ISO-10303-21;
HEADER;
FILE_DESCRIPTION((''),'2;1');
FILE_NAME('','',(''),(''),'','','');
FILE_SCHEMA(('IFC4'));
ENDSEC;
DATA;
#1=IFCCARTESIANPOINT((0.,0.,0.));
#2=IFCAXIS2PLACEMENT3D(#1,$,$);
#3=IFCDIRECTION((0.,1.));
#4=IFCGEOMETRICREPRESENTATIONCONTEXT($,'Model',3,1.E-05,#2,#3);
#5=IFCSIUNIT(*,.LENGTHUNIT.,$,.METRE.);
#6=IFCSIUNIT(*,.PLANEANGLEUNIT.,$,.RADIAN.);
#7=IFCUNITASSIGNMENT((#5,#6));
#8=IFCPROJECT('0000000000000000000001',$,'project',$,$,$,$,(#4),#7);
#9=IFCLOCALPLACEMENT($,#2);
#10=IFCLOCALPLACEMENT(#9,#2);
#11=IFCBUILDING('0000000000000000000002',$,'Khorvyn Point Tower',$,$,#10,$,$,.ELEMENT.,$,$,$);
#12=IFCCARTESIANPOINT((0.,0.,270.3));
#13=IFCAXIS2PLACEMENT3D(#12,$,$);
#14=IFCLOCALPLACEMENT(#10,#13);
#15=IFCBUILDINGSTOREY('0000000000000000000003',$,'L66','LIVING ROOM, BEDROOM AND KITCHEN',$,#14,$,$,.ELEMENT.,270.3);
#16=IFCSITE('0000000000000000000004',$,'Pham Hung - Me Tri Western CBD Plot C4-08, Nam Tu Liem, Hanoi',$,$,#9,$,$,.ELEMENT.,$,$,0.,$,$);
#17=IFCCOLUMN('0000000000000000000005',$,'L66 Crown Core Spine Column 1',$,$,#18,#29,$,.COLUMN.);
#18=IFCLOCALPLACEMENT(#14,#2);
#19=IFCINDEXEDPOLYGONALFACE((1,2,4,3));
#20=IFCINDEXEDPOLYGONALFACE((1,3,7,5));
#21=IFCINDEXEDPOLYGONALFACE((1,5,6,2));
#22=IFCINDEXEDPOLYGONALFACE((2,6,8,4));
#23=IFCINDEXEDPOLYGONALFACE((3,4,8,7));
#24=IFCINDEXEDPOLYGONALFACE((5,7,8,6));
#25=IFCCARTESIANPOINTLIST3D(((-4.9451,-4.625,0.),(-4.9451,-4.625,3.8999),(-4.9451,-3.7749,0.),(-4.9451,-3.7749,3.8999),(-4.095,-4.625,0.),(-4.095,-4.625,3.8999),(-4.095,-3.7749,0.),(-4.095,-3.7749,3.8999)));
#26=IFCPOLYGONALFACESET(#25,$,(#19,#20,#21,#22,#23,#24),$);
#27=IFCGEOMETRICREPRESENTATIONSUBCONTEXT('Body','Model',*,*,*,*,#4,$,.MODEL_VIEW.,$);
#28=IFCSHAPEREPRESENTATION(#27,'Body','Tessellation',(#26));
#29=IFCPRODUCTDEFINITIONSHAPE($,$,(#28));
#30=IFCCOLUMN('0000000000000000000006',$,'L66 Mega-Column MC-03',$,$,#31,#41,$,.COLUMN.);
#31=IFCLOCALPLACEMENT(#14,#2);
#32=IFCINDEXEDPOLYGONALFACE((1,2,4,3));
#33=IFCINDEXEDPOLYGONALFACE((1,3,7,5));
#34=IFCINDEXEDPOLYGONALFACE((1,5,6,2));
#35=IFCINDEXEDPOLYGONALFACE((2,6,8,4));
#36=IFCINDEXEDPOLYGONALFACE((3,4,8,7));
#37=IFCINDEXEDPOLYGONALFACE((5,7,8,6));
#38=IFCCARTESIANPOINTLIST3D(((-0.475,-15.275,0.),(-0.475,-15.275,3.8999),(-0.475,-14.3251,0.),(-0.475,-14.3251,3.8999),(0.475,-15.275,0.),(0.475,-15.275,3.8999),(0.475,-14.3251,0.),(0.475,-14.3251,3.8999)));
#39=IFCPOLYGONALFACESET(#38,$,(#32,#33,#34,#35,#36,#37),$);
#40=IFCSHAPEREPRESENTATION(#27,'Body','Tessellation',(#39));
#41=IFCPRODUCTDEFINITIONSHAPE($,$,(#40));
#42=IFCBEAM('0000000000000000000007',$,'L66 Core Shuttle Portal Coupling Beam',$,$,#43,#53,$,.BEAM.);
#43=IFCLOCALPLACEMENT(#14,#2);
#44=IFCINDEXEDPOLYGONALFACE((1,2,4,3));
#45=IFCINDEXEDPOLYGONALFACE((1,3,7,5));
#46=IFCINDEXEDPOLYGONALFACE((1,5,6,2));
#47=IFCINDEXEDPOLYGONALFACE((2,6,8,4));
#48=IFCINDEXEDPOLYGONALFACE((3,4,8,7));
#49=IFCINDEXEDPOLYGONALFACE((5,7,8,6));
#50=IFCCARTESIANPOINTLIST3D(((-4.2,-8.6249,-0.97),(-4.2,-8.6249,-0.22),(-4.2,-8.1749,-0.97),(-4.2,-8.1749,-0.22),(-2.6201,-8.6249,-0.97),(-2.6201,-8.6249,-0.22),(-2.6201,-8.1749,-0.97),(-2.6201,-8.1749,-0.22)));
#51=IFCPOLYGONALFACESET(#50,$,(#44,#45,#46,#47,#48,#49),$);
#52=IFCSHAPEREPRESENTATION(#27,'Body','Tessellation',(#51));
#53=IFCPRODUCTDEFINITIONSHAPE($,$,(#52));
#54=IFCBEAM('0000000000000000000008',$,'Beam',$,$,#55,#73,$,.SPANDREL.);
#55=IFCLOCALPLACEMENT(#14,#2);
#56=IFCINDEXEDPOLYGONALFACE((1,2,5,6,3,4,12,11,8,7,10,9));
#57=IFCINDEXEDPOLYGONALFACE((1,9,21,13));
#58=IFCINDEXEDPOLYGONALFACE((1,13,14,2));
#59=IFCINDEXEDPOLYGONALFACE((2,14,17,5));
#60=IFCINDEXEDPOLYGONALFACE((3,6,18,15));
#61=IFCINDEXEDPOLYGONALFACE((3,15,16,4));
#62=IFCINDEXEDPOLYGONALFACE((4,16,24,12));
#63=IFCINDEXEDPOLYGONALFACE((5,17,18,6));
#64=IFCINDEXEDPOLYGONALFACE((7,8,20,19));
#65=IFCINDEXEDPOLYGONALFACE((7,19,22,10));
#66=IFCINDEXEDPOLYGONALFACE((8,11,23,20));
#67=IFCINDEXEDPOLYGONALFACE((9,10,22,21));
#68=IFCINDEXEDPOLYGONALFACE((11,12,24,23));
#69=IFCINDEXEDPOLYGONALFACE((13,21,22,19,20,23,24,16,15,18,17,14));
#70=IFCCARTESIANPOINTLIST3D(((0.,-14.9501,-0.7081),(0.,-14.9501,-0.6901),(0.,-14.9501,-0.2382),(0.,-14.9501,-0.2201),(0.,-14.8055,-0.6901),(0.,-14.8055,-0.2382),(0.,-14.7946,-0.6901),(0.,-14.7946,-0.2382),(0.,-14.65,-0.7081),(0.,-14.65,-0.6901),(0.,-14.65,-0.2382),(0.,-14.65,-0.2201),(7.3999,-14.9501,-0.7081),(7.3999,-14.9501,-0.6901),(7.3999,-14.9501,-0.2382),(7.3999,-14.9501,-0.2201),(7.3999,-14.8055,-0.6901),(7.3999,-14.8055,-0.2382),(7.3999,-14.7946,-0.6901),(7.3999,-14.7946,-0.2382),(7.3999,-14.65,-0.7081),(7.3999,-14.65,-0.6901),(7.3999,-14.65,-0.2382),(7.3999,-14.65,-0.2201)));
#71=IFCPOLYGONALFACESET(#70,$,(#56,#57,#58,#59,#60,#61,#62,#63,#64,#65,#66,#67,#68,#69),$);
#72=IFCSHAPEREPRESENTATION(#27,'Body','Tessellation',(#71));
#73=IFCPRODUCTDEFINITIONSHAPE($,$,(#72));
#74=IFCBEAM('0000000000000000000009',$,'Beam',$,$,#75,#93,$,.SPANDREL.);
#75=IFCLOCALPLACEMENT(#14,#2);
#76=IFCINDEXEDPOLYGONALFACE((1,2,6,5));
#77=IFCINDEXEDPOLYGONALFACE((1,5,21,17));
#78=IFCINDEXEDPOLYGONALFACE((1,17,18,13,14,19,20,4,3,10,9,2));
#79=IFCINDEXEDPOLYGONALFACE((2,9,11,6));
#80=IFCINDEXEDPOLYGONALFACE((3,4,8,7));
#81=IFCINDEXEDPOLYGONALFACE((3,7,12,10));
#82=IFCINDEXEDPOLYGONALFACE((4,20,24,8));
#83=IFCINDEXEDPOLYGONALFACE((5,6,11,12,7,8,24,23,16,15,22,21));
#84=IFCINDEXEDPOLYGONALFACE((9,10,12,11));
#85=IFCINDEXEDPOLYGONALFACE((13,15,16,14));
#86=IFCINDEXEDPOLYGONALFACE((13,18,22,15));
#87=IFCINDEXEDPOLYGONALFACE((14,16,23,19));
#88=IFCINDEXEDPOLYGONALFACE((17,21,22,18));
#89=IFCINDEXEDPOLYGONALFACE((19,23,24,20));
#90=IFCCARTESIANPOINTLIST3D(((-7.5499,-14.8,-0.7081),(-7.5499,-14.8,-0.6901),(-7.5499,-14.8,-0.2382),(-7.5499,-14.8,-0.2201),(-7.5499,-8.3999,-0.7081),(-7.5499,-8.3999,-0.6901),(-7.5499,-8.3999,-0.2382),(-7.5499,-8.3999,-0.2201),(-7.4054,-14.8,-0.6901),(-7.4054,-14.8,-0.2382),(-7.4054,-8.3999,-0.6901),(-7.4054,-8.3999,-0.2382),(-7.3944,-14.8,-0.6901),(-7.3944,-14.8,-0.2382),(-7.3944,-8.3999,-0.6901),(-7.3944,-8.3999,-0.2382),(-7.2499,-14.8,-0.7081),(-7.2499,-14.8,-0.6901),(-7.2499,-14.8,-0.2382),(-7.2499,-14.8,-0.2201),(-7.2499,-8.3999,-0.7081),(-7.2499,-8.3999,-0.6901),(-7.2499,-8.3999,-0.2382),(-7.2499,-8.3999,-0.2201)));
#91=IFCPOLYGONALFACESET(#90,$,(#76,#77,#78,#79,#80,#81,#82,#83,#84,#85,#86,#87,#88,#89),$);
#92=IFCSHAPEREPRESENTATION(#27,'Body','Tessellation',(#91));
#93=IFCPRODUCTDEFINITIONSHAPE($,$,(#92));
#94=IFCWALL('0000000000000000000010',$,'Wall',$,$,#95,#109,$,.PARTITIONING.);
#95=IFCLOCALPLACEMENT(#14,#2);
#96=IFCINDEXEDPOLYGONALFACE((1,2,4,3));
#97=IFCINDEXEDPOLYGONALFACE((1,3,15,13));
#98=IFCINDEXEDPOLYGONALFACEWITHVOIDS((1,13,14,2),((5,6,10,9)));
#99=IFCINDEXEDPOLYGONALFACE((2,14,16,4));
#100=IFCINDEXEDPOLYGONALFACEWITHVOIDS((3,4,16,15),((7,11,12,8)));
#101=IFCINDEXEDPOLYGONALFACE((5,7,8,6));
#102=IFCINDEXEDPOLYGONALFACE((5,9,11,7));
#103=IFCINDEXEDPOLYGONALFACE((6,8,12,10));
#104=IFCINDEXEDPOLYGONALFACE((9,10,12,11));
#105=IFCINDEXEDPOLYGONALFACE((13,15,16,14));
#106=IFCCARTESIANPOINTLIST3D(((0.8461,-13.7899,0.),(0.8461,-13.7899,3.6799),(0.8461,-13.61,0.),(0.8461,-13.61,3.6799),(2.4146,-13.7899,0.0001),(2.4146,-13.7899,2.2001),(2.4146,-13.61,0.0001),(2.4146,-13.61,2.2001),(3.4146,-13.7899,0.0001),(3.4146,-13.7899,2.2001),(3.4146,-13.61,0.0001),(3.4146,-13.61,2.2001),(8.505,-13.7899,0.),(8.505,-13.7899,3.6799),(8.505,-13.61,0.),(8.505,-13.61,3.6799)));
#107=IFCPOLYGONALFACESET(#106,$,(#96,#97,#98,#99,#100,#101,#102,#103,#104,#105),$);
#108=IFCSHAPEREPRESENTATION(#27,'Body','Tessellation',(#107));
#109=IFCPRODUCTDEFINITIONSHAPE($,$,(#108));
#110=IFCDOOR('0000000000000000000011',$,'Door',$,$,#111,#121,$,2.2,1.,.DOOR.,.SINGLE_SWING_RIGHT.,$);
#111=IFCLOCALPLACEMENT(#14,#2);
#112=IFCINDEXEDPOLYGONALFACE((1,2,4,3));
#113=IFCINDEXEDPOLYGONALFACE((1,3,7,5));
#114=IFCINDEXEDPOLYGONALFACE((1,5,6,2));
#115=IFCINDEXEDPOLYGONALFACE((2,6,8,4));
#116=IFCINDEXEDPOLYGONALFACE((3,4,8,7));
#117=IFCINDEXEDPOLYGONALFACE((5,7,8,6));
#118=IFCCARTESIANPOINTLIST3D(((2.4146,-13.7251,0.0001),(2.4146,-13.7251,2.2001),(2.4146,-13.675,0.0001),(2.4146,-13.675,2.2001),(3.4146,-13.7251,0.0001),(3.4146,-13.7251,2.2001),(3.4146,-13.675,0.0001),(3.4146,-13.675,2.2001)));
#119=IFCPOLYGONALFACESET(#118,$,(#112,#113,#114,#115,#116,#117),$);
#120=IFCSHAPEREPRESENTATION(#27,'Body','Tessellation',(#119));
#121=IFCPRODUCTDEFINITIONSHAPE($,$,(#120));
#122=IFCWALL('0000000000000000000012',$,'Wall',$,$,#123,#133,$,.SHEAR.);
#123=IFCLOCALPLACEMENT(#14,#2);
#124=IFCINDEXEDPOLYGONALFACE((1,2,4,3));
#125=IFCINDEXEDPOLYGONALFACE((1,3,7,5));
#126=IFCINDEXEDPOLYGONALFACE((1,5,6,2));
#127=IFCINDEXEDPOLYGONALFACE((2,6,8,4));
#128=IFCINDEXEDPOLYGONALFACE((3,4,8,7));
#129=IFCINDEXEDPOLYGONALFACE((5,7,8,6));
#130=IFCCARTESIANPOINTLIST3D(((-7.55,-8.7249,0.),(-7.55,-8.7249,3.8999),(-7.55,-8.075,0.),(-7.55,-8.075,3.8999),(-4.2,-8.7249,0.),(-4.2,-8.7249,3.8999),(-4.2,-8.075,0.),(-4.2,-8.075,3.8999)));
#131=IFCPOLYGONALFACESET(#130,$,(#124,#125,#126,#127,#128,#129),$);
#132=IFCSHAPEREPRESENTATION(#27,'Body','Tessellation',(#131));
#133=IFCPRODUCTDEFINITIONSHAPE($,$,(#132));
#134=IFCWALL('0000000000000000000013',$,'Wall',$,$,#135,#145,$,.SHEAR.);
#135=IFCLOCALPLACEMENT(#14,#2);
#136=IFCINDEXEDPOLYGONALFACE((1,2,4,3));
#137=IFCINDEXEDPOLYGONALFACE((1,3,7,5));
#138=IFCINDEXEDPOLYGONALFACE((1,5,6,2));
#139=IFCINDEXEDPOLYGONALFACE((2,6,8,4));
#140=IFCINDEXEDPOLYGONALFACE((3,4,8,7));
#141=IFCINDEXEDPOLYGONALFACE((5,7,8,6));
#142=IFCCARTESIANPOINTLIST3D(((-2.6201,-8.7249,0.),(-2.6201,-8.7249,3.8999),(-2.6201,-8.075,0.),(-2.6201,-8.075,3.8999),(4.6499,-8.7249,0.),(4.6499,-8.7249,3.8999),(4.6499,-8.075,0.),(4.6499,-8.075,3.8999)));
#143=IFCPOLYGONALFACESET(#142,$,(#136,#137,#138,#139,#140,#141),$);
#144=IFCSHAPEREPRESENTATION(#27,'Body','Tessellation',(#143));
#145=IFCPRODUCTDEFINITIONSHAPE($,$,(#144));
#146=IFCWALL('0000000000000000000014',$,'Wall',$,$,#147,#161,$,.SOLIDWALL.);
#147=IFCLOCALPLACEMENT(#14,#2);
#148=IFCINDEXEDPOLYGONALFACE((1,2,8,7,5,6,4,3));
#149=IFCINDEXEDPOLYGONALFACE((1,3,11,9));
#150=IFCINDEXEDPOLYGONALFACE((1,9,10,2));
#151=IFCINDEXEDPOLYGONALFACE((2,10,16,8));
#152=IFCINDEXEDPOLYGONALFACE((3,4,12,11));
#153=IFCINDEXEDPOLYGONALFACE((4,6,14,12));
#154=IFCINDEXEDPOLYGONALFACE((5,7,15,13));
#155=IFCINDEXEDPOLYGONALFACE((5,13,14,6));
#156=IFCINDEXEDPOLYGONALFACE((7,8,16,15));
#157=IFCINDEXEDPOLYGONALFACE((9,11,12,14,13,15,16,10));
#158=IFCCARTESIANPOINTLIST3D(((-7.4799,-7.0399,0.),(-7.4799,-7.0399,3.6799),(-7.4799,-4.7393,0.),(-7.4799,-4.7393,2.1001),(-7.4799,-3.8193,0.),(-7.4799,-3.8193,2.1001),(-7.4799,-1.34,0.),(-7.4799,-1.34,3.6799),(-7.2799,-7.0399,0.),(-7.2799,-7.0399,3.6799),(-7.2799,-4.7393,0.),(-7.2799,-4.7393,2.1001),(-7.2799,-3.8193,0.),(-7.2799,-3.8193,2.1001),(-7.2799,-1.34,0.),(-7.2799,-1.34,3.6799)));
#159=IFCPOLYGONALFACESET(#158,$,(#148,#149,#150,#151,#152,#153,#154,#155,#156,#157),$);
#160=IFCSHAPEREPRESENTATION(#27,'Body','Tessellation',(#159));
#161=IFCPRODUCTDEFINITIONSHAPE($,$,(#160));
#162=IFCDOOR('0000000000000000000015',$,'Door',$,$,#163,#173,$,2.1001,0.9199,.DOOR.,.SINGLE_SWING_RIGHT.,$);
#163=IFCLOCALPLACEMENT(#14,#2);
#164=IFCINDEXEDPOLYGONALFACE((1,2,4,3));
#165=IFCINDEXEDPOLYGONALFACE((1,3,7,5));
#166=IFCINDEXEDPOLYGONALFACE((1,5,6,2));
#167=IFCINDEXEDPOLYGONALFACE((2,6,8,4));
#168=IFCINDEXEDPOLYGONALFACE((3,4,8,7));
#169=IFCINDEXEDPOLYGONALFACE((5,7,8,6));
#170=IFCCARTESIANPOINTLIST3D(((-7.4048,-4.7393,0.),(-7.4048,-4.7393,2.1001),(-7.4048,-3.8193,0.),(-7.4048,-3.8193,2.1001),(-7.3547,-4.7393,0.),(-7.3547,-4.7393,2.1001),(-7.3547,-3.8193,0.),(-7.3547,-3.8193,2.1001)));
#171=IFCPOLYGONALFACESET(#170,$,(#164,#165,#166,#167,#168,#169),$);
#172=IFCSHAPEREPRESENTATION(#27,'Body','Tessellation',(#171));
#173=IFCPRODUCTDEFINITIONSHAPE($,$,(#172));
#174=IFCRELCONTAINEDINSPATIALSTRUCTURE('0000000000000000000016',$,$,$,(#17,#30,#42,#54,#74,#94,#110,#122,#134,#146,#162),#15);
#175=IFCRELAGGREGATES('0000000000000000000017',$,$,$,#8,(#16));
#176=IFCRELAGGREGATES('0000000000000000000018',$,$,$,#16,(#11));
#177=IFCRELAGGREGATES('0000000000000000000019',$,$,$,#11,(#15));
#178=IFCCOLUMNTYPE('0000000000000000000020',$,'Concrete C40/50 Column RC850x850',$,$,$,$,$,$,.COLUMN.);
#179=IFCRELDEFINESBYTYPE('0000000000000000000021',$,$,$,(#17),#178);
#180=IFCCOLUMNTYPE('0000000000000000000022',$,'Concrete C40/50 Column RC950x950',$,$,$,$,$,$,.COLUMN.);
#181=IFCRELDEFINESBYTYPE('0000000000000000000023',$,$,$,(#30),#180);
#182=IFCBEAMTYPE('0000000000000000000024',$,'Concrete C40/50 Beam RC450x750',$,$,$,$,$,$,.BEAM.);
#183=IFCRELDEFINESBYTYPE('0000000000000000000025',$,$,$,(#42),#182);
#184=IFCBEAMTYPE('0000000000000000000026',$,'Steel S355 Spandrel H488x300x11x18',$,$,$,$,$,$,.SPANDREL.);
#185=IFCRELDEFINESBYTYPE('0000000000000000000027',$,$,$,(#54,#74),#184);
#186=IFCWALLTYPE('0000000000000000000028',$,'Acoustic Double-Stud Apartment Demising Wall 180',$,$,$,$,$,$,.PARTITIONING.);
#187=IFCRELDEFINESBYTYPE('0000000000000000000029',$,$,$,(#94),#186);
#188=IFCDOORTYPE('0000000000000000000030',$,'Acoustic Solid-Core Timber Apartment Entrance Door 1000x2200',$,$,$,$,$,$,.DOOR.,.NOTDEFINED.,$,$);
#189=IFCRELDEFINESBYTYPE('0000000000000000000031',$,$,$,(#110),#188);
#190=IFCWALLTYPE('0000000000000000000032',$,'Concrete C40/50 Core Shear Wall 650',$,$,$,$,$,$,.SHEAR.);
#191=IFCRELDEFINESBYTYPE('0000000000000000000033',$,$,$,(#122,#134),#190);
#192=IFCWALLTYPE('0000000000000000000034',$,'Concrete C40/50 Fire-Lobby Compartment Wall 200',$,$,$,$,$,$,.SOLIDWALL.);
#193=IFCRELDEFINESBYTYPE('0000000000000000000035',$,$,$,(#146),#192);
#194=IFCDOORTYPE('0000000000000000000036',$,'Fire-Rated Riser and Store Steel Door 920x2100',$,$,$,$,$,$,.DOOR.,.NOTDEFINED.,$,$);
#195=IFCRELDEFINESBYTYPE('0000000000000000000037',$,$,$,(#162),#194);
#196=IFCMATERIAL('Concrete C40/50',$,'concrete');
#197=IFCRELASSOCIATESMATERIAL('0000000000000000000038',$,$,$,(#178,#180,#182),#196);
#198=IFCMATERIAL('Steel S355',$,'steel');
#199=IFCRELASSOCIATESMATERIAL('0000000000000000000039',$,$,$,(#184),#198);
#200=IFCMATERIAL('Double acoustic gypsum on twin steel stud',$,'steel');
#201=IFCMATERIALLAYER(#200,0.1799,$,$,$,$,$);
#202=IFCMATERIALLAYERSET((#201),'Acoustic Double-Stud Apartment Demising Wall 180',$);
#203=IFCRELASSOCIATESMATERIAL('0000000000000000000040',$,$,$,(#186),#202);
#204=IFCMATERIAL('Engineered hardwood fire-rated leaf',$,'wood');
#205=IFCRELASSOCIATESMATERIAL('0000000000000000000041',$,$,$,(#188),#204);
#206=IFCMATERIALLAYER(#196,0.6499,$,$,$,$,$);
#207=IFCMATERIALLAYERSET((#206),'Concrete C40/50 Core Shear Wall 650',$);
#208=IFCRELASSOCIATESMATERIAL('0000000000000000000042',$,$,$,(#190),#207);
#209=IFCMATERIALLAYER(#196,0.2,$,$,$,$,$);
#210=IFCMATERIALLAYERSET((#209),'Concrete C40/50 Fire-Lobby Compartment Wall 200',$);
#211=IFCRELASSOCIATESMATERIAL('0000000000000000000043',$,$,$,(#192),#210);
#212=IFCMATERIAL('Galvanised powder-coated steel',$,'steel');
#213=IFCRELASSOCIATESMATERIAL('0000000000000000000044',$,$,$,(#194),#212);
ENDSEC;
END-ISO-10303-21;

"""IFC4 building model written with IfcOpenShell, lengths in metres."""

from ifc_helpers import new_model, si_unit, direction, frame, frame_2d, origin, origin_2d, place, context, subcontext, project, spatial, rectangle, i_section, extrude, material, layer, layer_set, material_profile, profile_set, type_object, element, fill, save


model = new_model("IFC4")

# Units and contexts
model_context = context("Model", 3, precision=1e-05, world=origin(), true_north=direction((0.0, 1.0)))
body_context = subcontext(model_context, "Body", "Model", "MODEL_VIEW")
ifc_project = project(units=[si_unit("LENGTHUNIT", "METRE"), si_unit("PLANEANGLEUNIT", "RADIAN")], contexts=[model_context])

# Site, building, storey
site_placement = place(None, origin())
site = spatial("IfcSite", under=ifc_project, at=site_placement, Name="Pham Hung - Me Tri Western CBD Plot C4-08, Nam Tu Liem, Hanoi", CompositionType="ELEMENT", RefElevation=0.0)
building_placement = place(site_placement, origin())
building = spatial("IfcBuilding", under=site, at=building_placement, Name="Khorvyn Point Tower", CompositionType="ELEMENT")
storey_placement = place(building_placement, frame((0.0, 0.0, 270.3)))
storey = spatial("IfcBuildingStorey", under=building, at=storey_placement, Name="L66", Description="LIVING ROOM, BEDROOM AND KITCHEN", CompositionType="ELEMENT", Elevation=270.3)

# Columns
ifc_material_1 = material(Name="Concrete C40/50", Category="concrete")
ifc_material_profile_1 = material_profile(ifc_material_1, rectangle(XDim=0.8501, YDim=0.8501, at=origin_2d()))
ifc_profile_set_1 = profile_set([ifc_material_profile_1], Name="Concrete C40/50 RC850x850")
column_type_1 = type_object("IfcColumnType", Name="Concrete C40/50 Column RC850x850", PredefinedType="COLUMN", material=ifc_profile_set_1)
column_1_placement = place(storey_placement, frame((-4.52, -4.2, 0.0), z_axis=(0.0, 0.0, 1.0), x_axis=(1.0, 0.0, 0.0)))
element("IfcColumn", 1, at=column_1_placement, inside=storey, type_object=column_type_1, Name="L66 Crown Core Spine Column 1", PredefinedType="COLUMN", context=body_context, shape_type="SweptSolid", body=[
    extrude(rectangle(XDim=0.8501, YDim=0.8501, at=origin_2d()), origin(), (0.0, 0.0, 1.0), 3.8999),
])
ifc_material_profile_2 = material_profile(ifc_material_1, rectangle(XDim=0.95, YDim=0.95, at=origin_2d()))
ifc_profile_set_2 = profile_set([ifc_material_profile_2], Name="Concrete C40/50 RC950x950")
column_type_2 = type_object("IfcColumnType", Name="Concrete C40/50 Column RC950x950", PredefinedType="COLUMN", material=ifc_profile_set_2)
column_2_placement = place(storey_placement, frame((0.0, -14.8, 0.0), z_axis=(0.0, 0.0, 1.0), x_axis=(1.0, 0.0, 0.0)))
element("IfcColumn", 2, at=column_2_placement, inside=storey, type_object=column_type_2, Name="L66 Mega-Column MC-03", PredefinedType="COLUMN", context=body_context, shape_type="SweptSolid", body=[
    extrude(rectangle(XDim=0.95, YDim=0.95, at=origin_2d()), origin(), (0.0, 0.0, 1.0), 3.8999),
])

# Beams
ifc_material_profile_3 = material_profile(ifc_material_1, rectangle(XDim=0.45, YDim=0.75, at=origin_2d()))
ifc_profile_set_3 = profile_set([ifc_material_profile_3], Name="Concrete C40/50 RC450x750")
beam_type_1 = type_object("IfcBeamType", Name="Concrete C40/50 Beam RC450x750", PredefinedType="BEAM", material=ifc_profile_set_3)
beam_1_placement = place(storey_placement, frame((-4.2, -8.3999, -0.595), z_axis=(1.0, 0.0, 0.0), x_axis=(0.0, 1.0, 0.0)))
element("IfcBeam", 3, at=beam_1_placement, inside=storey, type_object=beam_type_1, Name="L66 Core Shuttle Portal Coupling Beam", PredefinedType="BEAM", context=body_context, shape_type="SweptSolid", body=[
    extrude(rectangle(XDim=0.45, YDim=0.75, at=origin_2d()), origin(), (0.0, 0.0, 1.0), 1.5798),
])
ifc_material_2 = material(Name="Steel S355", Category="steel")
ifc_material_profile_4 = material_profile(ifc_material_2, i_section(OverallWidth=0.3, OverallDepth=0.488, WebThickness=0.011, FlangeThickness=0.0181, at=origin_2d()))
ifc_profile_set_4 = profile_set([ifc_material_profile_4], Name="Steel S355 H488x300x11x18")
beam_type_2 = type_object("IfcBeamType", Name="Steel S355 Spandrel H488x300x11x18", PredefinedType="SPANDREL", material=ifc_profile_set_4)
beam_2_placement = place(storey_placement, frame((0.0, -14.8, -0.4641), z_axis=(1.0, 0.0, 0.0), x_axis=(0.0, 1.0, 0.0)))
element("IfcBeam", 4, at=beam_2_placement, inside=storey, type_object=beam_type_2, Name="Beam", PredefinedType="SPANDREL", context=body_context, shape_type="SweptSolid", body=[
    extrude(i_section(OverallWidth=0.3, OverallDepth=0.488, WebThickness=0.011, FlangeThickness=0.0181, at=origin_2d()), origin(), (0.0, 0.0, 1.0), 7.3999),
])
beam_3_placement = place(storey_placement, frame((-7.3999, -14.8, -0.4641), z_axis=(0.0, 1.0, 0.0), x_axis=(-1.0, 0.0, 0.0)))
element("IfcBeam", 5, at=beam_3_placement, inside=storey, type_object=beam_type_2, Name="Beam", PredefinedType="SPANDREL", context=body_context, shape_type="SweptSolid", body=[
    extrude(i_section(OverallWidth=0.3, OverallDepth=0.488, WebThickness=0.011, FlangeThickness=0.0181, at=origin_2d()), origin(), (0.0, 0.0, 1.0), 6.4001),
])

# Wall, opening, door
ifc_material_3 = material(Name="Double acoustic gypsum on twin steel stud", Category="steel")
ifc_layer_1 = layer(ifc_material_3, 0.1799)
ifc_layer_set_1 = layer_set([ifc_layer_1], Name="Acoustic Double-Stud Apartment Demising Wall 180")
wall_type_1 = type_object("IfcWallType", Name="Acoustic Double-Stud Apartment Demising Wall 180", PredefinedType="PARTITIONING", material=ifc_layer_set_1)
wall_1_placement = place(storey_placement, frame((0.8459, -13.7, 0.0), z_axis=(0.0, 0.0, 1.0), x_axis=(1.0, 0.0, 0.0)))
wall_1 = element("IfcWall", 6, at=wall_1_placement, inside=storey, type_object=wall_type_1, Name="Wall", PredefinedType="PARTITIONING", context=body_context, shape_type="SweptSolid", body=[
    extrude(rectangle(XDim=7.6589, YDim=0.1799, at=frame_2d((3.8296, 0.0))), origin(), (0.0, 0.0, 1.0), 3.6799),
])
opening_1_placement = place(wall_1_placement, frame((1.5686, 0.0, 0.0)))
opening_1 = element("IfcOpeningElement", 7, at=opening_1_placement, cuts=wall_1, PredefinedType="OPENING", context=body_context, shape_type="SweptSolid", body=[
    extrude(rectangle(XDim=1.0, YDim=2.2, at=frame_2d((0.5, 1.1001))), frame((0.0, 0.0999, 0.0), z_axis=(0.0, -1.0, 0.0), x_axis=(1.0, 0.0, 0.0)), (0.0, 0.0, 1.0), 0.2),
])
ifc_material_4 = material(Name="Engineered hardwood fire-rated leaf", Category="wood")
door_type_1 = type_object("IfcDoorType", Name="Acoustic Solid-Core Timber Apartment Entrance Door 1000x2200", OperationType="NOTDEFINED", PredefinedType="DOOR", material=ifc_material_4)
door_1_placement = place(opening_1_placement, origin())
door_1 = element("IfcDoor", 8, at=door_1_placement, inside=storey, type_object=door_type_1, Name="Door", OperationType="SINGLE_SWING_RIGHT", OverallHeight=2.2, OverallWidth=1.0, PredefinedType="DOOR", context=body_context, shape_type="SweptSolid", body=[
    extrude(rectangle(XDim=1.0, YDim=2.2, at=frame_2d((0.5, 1.1001))), frame((0.0, 0.0249, 0.0), z_axis=(0.0, -1.0, 0.0), x_axis=(1.0, 0.0, 0.0)), (0.0, 0.0, 1.0), 0.05),
])
fill(opening_1, door_1)

# Walls
ifc_layer_2 = layer(ifc_material_1, 0.6499)
ifc_layer_set_2 = layer_set([ifc_layer_2], Name="Concrete C40/50 Core Shear Wall 650")
wall_type_2 = type_object("IfcWallType", Name="Concrete C40/50 Core Shear Wall 650", PredefinedType="SHEAR", material=ifc_layer_set_2)
wall_2_placement = place(storey_placement, frame((-7.55, -8.3999, 0.0), z_axis=(0.0, 0.0, 1.0), x_axis=(1.0, 0.0, 0.0)))
element("IfcWall", 9, at=wall_2_placement, inside=storey, type_object=wall_type_2, Name="Wall", PredefinedType="SHEAR", context=body_context, shape_type="SweptSolid", body=[
    extrude(rectangle(XDim=3.3501, YDim=0.6499, at=frame_2d((1.675, 0.0))), origin(), (0.0, 0.0, 1.0), 3.8999),
])
wall_3_placement = place(storey_placement, frame((-2.6201, -8.3999, 0.0), z_axis=(0.0, 0.0, 1.0), x_axis=(1.0, 0.0, 0.0)))
element("IfcWall", 10, at=wall_3_placement, inside=storey, type_object=wall_type_2, Name="Wall", PredefinedType="SHEAR", context=body_context, shape_type="SweptSolid", body=[
    extrude(rectangle(XDim=7.27, YDim=0.6499, at=frame_2d((3.635, 0.0))), origin(), (0.0, 0.0, 1.0), 3.8999),
])

# Wall, opening, door
ifc_layer_3 = layer(ifc_material_1, 0.2)
ifc_layer_set_3 = layer_set([ifc_layer_3], Name="Concrete C40/50 Fire-Lobby Compartment Wall 200")
wall_type_3 = type_object("IfcWallType", Name="Concrete C40/50 Fire-Lobby Compartment Wall 200", PredefinedType="SOLIDWALL", material=ifc_layer_set_3)
wall_4_placement = place(storey_placement, frame((-7.3799, -7.04, 0.0), z_axis=(0.0, 0.0, 1.0), x_axis=(0.0, 1.0, 0.0)))
wall_4 = element("IfcWall", 11, at=wall_4_placement, inside=storey, type_object=wall_type_3, Name="Wall", PredefinedType="SOLIDWALL", context=body_context, shape_type="SweptSolid", body=[
    extrude(rectangle(XDim=5.7, YDim=0.2, at=frame_2d((2.8501, 0.0))), origin(), (0.0, 0.0, 1.0), 3.6799),
])
opening_2_placement = place(wall_4_placement, frame((2.3008, 0.0, 0.0)))
opening_2 = element("IfcOpeningElement", 12, at=opening_2_placement, cuts=wall_4, PredefinedType="OPENING", context=body_context, shape_type="SweptSolid", body=[
    extrude(rectangle(XDim=0.9199, YDim=2.1001, at=frame_2d((0.46, 1.05))), frame((0.0, 0.1099, 0.0), z_axis=(0.0, -1.0, 0.0), x_axis=(1.0, 0.0, 0.0)), (0.0, 0.0, 1.0), 0.22),
])
ifc_material_5 = material(Name="Galvanised powder-coated steel", Category="steel")
door_type_2 = type_object("IfcDoorType", Name="Fire-Rated Riser and Store Steel Door 920x2100", OperationType="NOTDEFINED", PredefinedType="DOOR", material=ifc_material_5)
door_2_placement = place(opening_2_placement, origin())
door_2 = element("IfcDoor", 13, at=door_2_placement, inside=storey, type_object=door_type_2, Name="Door", OperationType="SINGLE_SWING_RIGHT", OverallHeight=2.1001, OverallWidth=0.9199, PredefinedType="DOOR", context=body_context, shape_type="SweptSolid", body=[
    extrude(rectangle(XDim=0.9199, YDim=2.1001, at=frame_2d((0.46, 1.05))), frame((0.0, 0.0249, 0.0), z_axis=(0.0, -1.0, 0.0), x_axis=(1.0, 0.0, 0.0)), (0.0, 0.0, 1.0), 0.05),
])
fill(opening_2, door_2)

save(model, "model.ifc")
